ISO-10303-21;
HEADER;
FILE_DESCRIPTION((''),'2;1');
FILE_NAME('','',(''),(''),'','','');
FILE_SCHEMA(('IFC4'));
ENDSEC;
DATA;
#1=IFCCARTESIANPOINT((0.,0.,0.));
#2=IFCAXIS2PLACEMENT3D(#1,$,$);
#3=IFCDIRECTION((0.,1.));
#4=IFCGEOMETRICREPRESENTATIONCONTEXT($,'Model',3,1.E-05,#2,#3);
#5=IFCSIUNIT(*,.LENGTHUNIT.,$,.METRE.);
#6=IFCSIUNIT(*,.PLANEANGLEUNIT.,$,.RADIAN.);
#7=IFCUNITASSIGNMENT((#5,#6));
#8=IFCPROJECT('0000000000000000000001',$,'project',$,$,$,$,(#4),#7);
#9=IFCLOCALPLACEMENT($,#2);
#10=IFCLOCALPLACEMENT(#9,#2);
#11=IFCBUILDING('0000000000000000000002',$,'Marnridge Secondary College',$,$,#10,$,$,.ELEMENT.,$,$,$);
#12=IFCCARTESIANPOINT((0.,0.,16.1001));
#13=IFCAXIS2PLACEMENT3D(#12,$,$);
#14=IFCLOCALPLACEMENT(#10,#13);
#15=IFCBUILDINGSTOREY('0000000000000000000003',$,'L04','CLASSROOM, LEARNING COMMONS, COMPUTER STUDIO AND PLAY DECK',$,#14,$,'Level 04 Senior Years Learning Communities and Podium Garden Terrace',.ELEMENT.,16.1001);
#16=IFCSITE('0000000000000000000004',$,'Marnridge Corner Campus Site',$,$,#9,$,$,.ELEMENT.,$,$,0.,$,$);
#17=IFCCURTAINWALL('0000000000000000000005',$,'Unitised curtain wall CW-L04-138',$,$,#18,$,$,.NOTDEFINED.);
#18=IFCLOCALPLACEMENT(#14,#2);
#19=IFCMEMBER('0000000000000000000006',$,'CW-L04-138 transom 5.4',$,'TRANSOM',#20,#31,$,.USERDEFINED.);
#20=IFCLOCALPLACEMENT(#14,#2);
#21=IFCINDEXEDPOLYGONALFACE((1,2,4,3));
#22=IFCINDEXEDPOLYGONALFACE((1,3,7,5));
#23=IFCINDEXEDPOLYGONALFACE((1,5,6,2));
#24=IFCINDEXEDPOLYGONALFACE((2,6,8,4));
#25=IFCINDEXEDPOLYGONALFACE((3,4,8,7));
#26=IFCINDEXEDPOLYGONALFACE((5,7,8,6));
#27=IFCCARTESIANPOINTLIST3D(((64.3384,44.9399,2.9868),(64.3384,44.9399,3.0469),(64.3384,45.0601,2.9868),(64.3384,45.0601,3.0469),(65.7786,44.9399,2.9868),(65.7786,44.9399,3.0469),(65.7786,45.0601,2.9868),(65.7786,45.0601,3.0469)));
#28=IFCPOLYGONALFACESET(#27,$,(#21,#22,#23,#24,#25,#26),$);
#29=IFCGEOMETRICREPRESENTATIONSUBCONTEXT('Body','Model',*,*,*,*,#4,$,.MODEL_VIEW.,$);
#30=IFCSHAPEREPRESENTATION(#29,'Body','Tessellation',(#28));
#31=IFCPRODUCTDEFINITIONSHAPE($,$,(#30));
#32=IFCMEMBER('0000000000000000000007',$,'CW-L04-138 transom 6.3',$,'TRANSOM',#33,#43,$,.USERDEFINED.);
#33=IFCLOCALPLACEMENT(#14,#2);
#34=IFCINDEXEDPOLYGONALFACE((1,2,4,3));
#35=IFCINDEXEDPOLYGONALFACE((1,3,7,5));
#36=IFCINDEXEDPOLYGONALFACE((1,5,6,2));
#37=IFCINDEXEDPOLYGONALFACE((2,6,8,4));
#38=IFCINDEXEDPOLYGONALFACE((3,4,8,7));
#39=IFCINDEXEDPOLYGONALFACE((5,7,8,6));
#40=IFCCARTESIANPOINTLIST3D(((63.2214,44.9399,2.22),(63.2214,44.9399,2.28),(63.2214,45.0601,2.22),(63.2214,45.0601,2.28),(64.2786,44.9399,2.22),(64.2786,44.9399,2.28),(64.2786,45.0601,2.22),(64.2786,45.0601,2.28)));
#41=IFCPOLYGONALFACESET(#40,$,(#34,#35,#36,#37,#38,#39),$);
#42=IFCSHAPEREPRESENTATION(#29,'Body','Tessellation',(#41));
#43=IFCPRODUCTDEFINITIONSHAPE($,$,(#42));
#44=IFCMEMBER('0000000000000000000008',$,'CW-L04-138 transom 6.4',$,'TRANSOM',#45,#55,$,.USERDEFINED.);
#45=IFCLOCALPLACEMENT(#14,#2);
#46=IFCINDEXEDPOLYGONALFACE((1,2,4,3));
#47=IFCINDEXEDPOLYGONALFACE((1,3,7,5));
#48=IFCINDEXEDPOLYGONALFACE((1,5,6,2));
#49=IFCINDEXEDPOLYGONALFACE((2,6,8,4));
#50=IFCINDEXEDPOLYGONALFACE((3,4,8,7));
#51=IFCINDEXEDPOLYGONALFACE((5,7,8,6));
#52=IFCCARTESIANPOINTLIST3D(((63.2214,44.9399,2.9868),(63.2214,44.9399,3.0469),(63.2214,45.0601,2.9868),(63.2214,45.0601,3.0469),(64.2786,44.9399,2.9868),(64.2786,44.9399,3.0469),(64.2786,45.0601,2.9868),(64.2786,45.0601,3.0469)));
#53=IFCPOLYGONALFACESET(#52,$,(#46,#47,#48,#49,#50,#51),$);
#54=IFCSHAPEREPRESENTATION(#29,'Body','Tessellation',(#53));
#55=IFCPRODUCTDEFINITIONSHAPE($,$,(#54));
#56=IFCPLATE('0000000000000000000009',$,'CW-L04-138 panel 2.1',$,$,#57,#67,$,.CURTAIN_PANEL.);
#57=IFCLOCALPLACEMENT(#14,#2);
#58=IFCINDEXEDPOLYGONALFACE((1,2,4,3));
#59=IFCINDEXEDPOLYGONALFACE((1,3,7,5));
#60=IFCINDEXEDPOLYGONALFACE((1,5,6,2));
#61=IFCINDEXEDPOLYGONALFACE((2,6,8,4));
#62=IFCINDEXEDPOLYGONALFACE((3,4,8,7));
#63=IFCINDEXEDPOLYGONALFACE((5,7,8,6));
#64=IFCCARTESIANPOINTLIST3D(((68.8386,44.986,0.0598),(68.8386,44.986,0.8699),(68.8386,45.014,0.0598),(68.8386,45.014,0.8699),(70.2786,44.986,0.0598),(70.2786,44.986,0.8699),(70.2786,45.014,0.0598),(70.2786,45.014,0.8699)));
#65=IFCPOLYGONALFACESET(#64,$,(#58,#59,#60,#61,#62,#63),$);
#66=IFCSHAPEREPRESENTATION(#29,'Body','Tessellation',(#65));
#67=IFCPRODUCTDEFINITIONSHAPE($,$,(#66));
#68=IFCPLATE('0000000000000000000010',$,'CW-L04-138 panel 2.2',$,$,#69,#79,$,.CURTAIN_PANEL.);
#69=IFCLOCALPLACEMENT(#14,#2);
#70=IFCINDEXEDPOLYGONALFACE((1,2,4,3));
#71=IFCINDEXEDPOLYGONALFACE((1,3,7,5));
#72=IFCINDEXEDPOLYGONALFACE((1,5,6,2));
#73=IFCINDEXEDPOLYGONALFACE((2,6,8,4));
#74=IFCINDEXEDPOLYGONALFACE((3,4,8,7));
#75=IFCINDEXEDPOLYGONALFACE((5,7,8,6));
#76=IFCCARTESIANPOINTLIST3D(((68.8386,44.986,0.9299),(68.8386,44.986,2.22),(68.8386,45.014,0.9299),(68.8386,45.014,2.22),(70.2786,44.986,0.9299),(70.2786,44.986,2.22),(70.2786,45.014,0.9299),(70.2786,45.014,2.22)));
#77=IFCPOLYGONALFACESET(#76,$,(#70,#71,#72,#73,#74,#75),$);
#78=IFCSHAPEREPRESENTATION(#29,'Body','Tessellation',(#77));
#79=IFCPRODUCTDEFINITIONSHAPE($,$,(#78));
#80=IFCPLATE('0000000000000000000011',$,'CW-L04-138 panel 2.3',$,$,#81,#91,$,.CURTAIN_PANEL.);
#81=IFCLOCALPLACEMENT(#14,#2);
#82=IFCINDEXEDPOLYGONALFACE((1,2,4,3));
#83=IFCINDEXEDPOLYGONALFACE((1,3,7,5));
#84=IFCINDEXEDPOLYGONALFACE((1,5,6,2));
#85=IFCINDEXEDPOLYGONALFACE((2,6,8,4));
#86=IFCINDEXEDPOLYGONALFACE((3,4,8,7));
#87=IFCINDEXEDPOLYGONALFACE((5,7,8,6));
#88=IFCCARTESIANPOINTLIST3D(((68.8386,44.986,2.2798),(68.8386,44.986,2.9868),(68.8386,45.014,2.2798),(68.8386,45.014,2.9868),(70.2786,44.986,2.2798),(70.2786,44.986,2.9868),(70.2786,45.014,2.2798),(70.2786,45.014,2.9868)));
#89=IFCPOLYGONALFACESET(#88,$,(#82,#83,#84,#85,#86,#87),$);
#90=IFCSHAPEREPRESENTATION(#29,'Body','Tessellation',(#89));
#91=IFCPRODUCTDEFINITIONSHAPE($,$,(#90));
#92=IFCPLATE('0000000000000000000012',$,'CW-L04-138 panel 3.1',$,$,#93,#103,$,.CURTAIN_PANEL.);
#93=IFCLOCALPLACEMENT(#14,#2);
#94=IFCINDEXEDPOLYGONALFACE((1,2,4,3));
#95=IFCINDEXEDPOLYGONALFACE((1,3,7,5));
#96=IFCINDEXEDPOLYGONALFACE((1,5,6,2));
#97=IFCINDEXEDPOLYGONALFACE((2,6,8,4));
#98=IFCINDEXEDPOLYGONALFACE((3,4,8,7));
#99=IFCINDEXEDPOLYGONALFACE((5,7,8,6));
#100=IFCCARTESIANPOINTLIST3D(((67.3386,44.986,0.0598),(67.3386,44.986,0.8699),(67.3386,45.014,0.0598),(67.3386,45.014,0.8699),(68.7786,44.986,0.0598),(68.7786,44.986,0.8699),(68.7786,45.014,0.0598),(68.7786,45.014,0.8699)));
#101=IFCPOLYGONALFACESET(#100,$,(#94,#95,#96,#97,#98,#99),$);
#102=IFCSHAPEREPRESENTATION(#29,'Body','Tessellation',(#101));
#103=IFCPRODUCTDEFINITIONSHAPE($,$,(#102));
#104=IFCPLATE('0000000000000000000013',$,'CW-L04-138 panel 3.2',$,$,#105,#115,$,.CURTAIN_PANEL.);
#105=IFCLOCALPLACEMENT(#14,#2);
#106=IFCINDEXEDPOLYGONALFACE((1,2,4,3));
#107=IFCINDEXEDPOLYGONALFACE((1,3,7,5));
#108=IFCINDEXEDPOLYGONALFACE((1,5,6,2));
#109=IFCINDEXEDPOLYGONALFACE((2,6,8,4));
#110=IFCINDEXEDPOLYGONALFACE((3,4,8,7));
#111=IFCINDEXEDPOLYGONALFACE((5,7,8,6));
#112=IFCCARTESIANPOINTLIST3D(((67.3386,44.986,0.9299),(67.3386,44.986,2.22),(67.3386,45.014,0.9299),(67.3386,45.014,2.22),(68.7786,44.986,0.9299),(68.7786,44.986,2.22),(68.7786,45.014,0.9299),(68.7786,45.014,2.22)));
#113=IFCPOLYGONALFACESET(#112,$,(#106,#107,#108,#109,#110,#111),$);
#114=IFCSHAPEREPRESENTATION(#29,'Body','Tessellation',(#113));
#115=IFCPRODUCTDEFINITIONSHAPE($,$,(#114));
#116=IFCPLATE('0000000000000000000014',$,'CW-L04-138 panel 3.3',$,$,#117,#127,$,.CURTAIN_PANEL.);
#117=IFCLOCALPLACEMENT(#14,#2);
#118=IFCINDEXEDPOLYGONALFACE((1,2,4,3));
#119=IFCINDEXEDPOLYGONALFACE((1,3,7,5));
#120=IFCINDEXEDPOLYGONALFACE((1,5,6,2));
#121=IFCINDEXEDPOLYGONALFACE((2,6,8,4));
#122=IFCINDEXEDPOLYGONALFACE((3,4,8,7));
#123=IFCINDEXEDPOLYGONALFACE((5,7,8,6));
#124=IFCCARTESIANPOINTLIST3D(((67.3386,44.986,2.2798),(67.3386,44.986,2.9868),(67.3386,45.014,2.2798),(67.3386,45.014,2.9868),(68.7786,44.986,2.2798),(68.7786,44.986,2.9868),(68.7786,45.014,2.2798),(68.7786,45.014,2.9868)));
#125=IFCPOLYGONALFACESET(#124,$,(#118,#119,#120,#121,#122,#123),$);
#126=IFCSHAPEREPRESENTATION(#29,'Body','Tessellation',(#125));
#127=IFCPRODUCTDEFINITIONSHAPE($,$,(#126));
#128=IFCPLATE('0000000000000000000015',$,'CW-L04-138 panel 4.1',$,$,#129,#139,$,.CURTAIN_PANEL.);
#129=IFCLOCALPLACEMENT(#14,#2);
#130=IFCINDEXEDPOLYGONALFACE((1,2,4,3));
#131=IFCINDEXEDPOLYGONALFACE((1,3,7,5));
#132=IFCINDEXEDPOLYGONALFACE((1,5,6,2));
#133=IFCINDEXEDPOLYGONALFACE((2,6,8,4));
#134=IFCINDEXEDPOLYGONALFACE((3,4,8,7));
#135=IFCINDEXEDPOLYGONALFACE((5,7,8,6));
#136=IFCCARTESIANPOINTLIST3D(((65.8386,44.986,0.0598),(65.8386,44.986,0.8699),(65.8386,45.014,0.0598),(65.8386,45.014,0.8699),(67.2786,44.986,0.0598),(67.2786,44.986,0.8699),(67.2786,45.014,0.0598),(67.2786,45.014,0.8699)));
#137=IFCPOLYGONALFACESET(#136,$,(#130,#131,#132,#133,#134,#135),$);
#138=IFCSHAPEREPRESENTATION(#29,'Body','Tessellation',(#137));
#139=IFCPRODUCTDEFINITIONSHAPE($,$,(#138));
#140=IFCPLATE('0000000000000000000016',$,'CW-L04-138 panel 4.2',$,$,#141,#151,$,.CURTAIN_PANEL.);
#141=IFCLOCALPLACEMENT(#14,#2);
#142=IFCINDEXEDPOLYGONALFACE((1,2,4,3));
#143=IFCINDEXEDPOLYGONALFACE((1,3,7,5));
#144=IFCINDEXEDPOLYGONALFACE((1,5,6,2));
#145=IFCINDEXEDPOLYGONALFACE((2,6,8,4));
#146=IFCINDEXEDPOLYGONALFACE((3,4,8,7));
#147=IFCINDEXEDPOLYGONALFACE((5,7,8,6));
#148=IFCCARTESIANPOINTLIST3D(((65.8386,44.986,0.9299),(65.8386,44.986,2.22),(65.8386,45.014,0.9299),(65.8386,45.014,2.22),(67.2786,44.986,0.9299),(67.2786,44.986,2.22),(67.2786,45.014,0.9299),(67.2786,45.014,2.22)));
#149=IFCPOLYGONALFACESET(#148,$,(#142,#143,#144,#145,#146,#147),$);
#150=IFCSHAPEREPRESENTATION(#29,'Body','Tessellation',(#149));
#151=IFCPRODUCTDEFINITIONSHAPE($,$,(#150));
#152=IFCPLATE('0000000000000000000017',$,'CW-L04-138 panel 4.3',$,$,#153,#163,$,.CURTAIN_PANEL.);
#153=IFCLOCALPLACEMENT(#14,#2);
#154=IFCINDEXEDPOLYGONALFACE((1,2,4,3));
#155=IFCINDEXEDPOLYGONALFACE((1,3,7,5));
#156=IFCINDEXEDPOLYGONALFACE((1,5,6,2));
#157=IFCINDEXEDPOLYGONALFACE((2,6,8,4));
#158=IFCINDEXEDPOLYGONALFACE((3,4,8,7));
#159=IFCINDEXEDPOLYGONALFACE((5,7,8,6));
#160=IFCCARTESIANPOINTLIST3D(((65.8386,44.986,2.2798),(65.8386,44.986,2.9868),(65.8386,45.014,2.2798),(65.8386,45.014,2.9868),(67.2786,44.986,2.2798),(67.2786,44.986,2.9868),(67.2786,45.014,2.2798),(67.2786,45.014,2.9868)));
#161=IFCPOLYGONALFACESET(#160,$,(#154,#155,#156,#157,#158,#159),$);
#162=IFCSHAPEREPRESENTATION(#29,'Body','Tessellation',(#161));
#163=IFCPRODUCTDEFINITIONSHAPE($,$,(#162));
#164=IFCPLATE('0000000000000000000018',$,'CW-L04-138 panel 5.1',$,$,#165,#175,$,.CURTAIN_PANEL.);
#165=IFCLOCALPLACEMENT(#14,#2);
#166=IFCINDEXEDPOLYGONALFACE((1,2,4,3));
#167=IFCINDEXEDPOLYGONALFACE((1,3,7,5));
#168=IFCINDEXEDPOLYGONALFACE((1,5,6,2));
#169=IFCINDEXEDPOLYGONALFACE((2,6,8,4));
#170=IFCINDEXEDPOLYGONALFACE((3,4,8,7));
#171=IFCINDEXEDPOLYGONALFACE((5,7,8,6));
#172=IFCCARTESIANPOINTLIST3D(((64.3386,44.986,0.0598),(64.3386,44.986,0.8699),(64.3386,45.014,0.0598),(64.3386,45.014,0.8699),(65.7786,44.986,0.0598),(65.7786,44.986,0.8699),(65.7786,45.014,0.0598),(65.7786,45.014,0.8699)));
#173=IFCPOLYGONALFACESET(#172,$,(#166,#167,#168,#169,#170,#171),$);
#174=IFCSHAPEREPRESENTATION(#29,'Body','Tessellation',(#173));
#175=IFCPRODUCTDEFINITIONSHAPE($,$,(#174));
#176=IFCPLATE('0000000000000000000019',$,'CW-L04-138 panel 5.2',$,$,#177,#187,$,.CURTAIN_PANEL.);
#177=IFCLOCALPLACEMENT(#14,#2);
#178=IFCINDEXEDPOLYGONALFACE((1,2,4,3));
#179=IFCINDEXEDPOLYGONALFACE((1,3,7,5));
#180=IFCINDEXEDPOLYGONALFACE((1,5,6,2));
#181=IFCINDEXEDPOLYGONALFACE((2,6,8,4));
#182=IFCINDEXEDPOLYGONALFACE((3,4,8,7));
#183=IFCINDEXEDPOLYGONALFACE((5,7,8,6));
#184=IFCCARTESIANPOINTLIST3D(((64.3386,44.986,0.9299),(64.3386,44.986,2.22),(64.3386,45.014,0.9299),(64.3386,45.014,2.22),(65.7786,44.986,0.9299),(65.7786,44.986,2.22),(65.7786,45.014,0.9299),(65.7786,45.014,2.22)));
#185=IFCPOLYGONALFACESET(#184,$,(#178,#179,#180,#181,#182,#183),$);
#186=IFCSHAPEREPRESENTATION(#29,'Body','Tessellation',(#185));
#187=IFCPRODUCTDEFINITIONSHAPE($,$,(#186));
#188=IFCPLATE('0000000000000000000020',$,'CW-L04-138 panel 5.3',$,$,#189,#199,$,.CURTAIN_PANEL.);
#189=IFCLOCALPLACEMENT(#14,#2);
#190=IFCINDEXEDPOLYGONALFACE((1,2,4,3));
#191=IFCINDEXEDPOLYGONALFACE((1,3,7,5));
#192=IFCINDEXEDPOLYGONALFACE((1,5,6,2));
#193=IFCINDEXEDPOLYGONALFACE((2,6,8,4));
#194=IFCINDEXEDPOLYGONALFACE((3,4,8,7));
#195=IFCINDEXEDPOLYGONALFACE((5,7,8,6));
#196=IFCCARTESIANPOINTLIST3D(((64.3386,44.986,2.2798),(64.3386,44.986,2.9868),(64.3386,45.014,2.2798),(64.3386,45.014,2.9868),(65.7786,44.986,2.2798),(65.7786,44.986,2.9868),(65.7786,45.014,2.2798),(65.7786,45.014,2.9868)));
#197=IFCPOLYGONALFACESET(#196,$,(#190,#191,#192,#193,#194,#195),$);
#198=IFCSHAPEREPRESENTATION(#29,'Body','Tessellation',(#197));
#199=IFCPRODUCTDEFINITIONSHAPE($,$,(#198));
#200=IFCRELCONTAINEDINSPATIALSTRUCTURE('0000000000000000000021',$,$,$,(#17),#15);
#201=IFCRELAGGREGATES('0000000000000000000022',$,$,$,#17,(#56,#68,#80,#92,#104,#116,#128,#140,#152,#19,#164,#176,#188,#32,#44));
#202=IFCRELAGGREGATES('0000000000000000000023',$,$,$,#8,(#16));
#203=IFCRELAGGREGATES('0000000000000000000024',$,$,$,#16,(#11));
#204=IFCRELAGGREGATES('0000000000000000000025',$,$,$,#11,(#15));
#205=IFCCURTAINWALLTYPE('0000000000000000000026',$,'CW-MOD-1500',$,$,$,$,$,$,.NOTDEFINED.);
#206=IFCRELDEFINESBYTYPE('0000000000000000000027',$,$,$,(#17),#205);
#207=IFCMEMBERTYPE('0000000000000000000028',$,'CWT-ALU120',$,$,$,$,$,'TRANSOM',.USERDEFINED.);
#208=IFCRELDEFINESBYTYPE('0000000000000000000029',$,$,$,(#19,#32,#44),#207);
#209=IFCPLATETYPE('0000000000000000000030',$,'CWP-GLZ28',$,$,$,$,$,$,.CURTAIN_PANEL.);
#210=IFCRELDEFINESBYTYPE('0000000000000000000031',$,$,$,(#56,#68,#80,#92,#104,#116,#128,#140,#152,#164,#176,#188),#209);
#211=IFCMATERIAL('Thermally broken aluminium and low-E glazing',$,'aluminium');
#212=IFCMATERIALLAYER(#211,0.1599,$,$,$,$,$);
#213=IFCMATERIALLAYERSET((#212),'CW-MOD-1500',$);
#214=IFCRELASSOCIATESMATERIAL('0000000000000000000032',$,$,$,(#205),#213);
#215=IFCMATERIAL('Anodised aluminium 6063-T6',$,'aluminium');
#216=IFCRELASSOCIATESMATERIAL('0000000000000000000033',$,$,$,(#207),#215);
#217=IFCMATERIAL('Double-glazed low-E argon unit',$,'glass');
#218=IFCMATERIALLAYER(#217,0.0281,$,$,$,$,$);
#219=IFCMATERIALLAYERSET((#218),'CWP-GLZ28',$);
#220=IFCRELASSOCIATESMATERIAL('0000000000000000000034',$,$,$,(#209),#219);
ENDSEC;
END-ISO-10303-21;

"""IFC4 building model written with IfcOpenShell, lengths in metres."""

from ifc_helpers import new_model, si_unit, direction, frame, origin, origin_2d, place, context, subcontext, project, spatial, rectangle, extrude, material, layer, layer_set, material_profile, profile_set, type_object, element, aggregate, save


model = new_model("IFC4")

# Units and contexts
model_context = context("Model", 3, precision=1e-05, world=origin(), true_north=direction((0.0, 1.0)))
body_context = subcontext(model_context, "Body", "Model", "MODEL_VIEW")
ifc_project = project(units=[si_unit("LENGTHUNIT", "METRE"), si_unit("PLANEANGLEUNIT", "RADIAN")], contexts=[model_context])

# Site, building, storey
site_placement = place(None, origin())
site = spatial("IfcSite", under=ifc_project, at=site_placement, Name="Marnridge Corner Campus Site", CompositionType="ELEMENT", RefElevation=0.0)
building_placement = place(site_placement, origin())
building = spatial("IfcBuilding", under=site, at=building_placement, Name="Marnridge Secondary College", CompositionType="ELEMENT")
storey_placement = place(building_placement, frame((0.0, 0.0, 16.1001)))
storey = spatial("IfcBuildingStorey", under=building, at=storey_placement, Name="L04", Description="CLASSROOM, LEARNING COMMONS, COMPUTER STUDIO AND PLAY DECK", LongName="Level 04 Senior Years Learning Communities and Podium Garden Terrace", CompositionType="ELEMENT", Elevation=16.1001)

# Curtain wall, members, plates
ifc_material_1 = material(Name="Thermally broken aluminium and low-E glazing", Category="aluminium")
ifc_layer_1 = layer(ifc_material_1, 0.1599)
ifc_layer_set_1 = layer_set([ifc_layer_1], Name="CW-MOD-1500")
curtain_wall_type = type_object("IfcCurtainWallType", Name="CW-MOD-1500", PredefinedType="NOTDEFINED", material=ifc_layer_set_1)
curtain_wall_placement = place(storey_placement, origin())
curtain_wall = element("IfcCurtainWall", 1, at=curtain_wall_placement, inside=storey, type_object=curtain_wall_type, Name="Unitised curtain wall CW-L04-138", PredefinedType="NOTDEFINED")
ifc_material_2 = material(Name="Anodised aluminium 6063-T6", Category="aluminium")
ifc_material_profile_1 = material_profile(ifc_material_2, rectangle(XDim=0.0601, YDim=0.1201, at=origin_2d()), Name="ALU 60x120")
ifc_profile_set_1 = profile_set([ifc_material_profile_1], Name="Anodised aluminium 6063-T6")
member_type_1 = type_object("IfcMemberType", Name="CWT-ALU120", ElementType="TRANSOM", PredefinedType="USERDEFINED", material=ifc_profile_set_1)
member_1_placement = place(storey_placement, frame((65.7786, 45.0, 3.0168), z_axis=(-1.0, 0.0, 0.0), x_axis=(0.0, 0.0, 1.0)))
member_1 = element("IfcMember", 2, at=member_1_placement, type_object=member_type_1, Name="CW-L04-138 transom 5.4", ObjectType="TRANSOM", PredefinedType="USERDEFINED", context=body_context, shape_type="SweptSolid", body=[
    extrude(rectangle(XDim=0.0601, YDim=0.1201, at=origin_2d()), origin(), (0.0, 0.0, 1.0), 1.4402),
])
member_2_placement = place(storey_placement, frame((64.2786, 45.0, 2.25), z_axis=(-1.0, 0.0, 0.0), x_axis=(0.0, 0.0, 1.0)))
member_2 = element("IfcMember", 3, at=member_2_placement, type_object=member_type_1, Name="CW-L04-138 transom 6.3", ObjectType="TRANSOM", PredefinedType="USERDEFINED", context=body_context, shape_type="SweptSolid", body=[
    extrude(rectangle(XDim=0.0601, YDim=0.1201, at=origin_2d()), origin(), (0.0, 0.0, 1.0), 1.0571),
])
member_3_placement = place(storey_placement, frame((64.2786, 45.0, 3.0168), z_axis=(-1.0, 0.0, 0.0), x_axis=(0.0, 0.0, 1.0)))
member_3 = element("IfcMember", 4, at=member_3_placement, type_object=member_type_1, Name="CW-L04-138 transom 6.4", ObjectType="TRANSOM", PredefinedType="USERDEFINED", context=body_context, shape_type="SweptSolid", body=[
    extrude(rectangle(XDim=0.0601, YDim=0.1201, at=origin_2d()), origin(), (0.0, 0.0, 1.0), 1.0571),
])
ifc_material_3 = material(Name="Double-glazed low-E argon unit", Category="glass")
ifc_layer_2 = layer(ifc_material_3, 0.0281)
ifc_layer_set_2 = layer_set([ifc_layer_2], Name="CWP-GLZ28")
plate_type = type_object("IfcPlateType", Name="CWP-GLZ28", PredefinedType="CURTAIN_PANEL", material=ifc_layer_set_2)
plate_1_placement = place(storey_placement, frame((69.5586, 45.0, 0.0598), z_axis=(0.0, 0.0, 1.0), x_axis=(-1.0, 0.0, 0.0)))
plate_1 = element("IfcPlate", 5, at=plate_1_placement, type_object=plate_type, Name="CW-L04-138 panel 2.1", PredefinedType="CURTAIN_PANEL", context=body_context, shape_type="SweptSolid", body=[
    extrude(rectangle(XDim=1.4399, YDim=0.0281, at=origin_2d()), origin(), (0.0, 0.0, 1.0), 0.8101),
])
plate_2_placement = place(storey_placement, frame((69.5586, 45.0, 0.9299), z_axis=(0.0, 0.0, 1.0), x_axis=(-1.0, 0.0, 0.0)))
plate_2 = element("IfcPlate", 6, at=plate_2_placement, type_object=plate_type, Name="CW-L04-138 panel 2.2", PredefinedType="CURTAIN_PANEL", context=body_context, shape_type="SweptSolid", body=[
    extrude(rectangle(XDim=1.4399, YDim=0.0281, at=origin_2d()), origin(), (0.0, 0.0, 1.0), 1.29),
])
plate_3_placement = place(storey_placement, frame((69.5586, 45.0, 2.2798), z_axis=(0.0, 0.0, 1.0), x_axis=(-1.0, 0.0, 0.0)))
plate_3 = element("IfcPlate", 7, at=plate_3_placement, type_object=plate_type, Name="CW-L04-138 panel 2.3", PredefinedType="CURTAIN_PANEL", context=body_context, shape_type="SweptSolid", body=[
    extrude(rectangle(XDim=1.4399, YDim=0.0281, at=origin_2d()), origin(), (0.0, 0.0, 1.0), 0.707),
])
plate_4_placement = place(storey_placement, frame((68.0586, 45.0, 0.0598), z_axis=(0.0, 0.0, 1.0), x_axis=(-1.0, 0.0, 0.0)))
plate_4 = element("IfcPlate", 8, at=plate_4_placement, type_object=plate_type, Name="CW-L04-138 panel 3.1", PredefinedType="CURTAIN_PANEL", context=body_context, shape_type="SweptSolid", body=[
    extrude(rectangle(XDim=1.4399, YDim=0.0281, at=origin_2d()), origin(), (0.0, 0.0, 1.0), 0.8101),
])
plate_5_placement = place(storey_placement, frame((68.0586, 45.0, 0.9299), z_axis=(0.0, 0.0, 1.0), x_axis=(-1.0, 0.0, 0.0)))
plate_5 = element("IfcPlate", 9, at=plate_5_placement, type_object=plate_type, Name="CW-L04-138 panel 3.2", PredefinedType="CURTAIN_PANEL", context=body_context, shape_type="SweptSolid", body=[
    extrude(rectangle(XDim=1.4399, YDim=0.0281, at=origin_2d()), origin(), (0.0, 0.0, 1.0), 1.29),
])
plate_6_placement = place(storey_placement, frame((68.0586, 45.0, 2.2798), z_axis=(0.0, 0.0, 1.0), x_axis=(-1.0, 0.0, 0.0)))
plate_6 = element("IfcPlate", 10, at=plate_6_placement, type_object=plate_type, Name="CW-L04-138 panel 3.3", PredefinedType="CURTAIN_PANEL", context=body_context, shape_type="SweptSolid", body=[
    extrude(rectangle(XDim=1.4399, YDim=0.0281, at=origin_2d()), origin(), (0.0, 0.0, 1.0), 0.707),
])
plate_7_placement = place(storey_placement, frame((66.5586, 45.0, 0.0598), z_axis=(0.0, 0.0, 1.0), x_axis=(-1.0, 0.0, 0.0)))
plate_7 = element("IfcPlate", 11, at=plate_7_placement, type_object=plate_type, Name="CW-L04-138 panel 4.1", PredefinedType="CURTAIN_PANEL", context=body_context, shape_type="SweptSolid", body=[
    extrude(rectangle(XDim=1.4399, YDim=0.0281, at=origin_2d()), origin(), (0.0, 0.0, 1.0), 0.8101),
])
plate_8_placement = place(storey_placement, frame((66.5586, 45.0, 0.9299), z_axis=(0.0, 0.0, 1.0), x_axis=(-1.0, 0.0, 0.0)))
plate_8 = element("IfcPlate", 12, at=plate_8_placement, type_object=plate_type, Name="CW-L04-138 panel 4.2", PredefinedType="CURTAIN_PANEL", context=body_context, shape_type="SweptSolid", body=[
    extrude(rectangle(XDim=1.4399, YDim=0.0281, at=origin_2d()), origin(), (0.0, 0.0, 1.0), 1.29),
])
plate_9_placement = place(storey_placement, frame((66.5586, 45.0, 2.2798), z_axis=(0.0, 0.0, 1.0), x_axis=(-1.0, 0.0, 0.0)))
plate_9 = element("IfcPlate", 13, at=plate_9_placement, type_object=plate_type, Name="CW-L04-138 panel 4.3", PredefinedType="CURTAIN_PANEL", context=body_context, shape_type="SweptSolid", body=[
    extrude(rectangle(XDim=1.4399, YDim=0.0281, at=origin_2d()), origin(), (0.0, 0.0, 1.0), 0.707),
])
plate_10_placement = place(storey_placement, frame((65.0586, 45.0, 0.0598), z_axis=(0.0, 0.0, 1.0), x_axis=(-1.0, 0.0, 0.0)))
plate_10 = element("IfcPlate", 14, at=plate_10_placement, type_object=plate_type, Name="CW-L04-138 panel 5.1", PredefinedType="CURTAIN_PANEL", context=body_context, shape_type="SweptSolid", body=[
    extrude(rectangle(XDim=1.4399, YDim=0.0281, at=origin_2d()), origin(), (0.0, 0.0, 1.0), 0.8101),
])
plate_11_placement = place(storey_placement, frame((65.0586, 45.0, 0.9299), z_axis=(0.0, 0.0, 1.0), x_axis=(-1.0, 0.0, 0.0)))
plate_11 = element("IfcPlate", 15, at=plate_11_placement, type_object=plate_type, Name="CW-L04-138 panel 5.2", PredefinedType="CURTAIN_PANEL", context=body_context, shape_type="SweptSolid", body=[
    extrude(rectangle(XDim=1.4399, YDim=0.0281, at=origin_2d()), origin(), (0.0, 0.0, 1.0), 1.29),
])
plate_12_placement = place(storey_placement, frame((65.0586, 45.0, 2.2798), z_axis=(0.0, 0.0, 1.0), x_axis=(-1.0, 0.0, 0.0)))
plate_12 = element("IfcPlate", 16, at=plate_12_placement, type_object=plate_type, Name="CW-L04-138 panel 5.3", PredefinedType="CURTAIN_PANEL", context=body_context, shape_type="SweptSolid", body=[
    extrude(rectangle(XDim=1.4399, YDim=0.0281, at=origin_2d()), origin(), (0.0, 0.0, 1.0), 0.707),
])
aggregate(curtain_wall, [plate_1, plate_2, plate_3, plate_4, plate_5, plate_6, plate_7, plate_8, plate_9, member_1, plate_10, plate_11, plate_12, member_2, member_3])

save(model, "model.ifc")
